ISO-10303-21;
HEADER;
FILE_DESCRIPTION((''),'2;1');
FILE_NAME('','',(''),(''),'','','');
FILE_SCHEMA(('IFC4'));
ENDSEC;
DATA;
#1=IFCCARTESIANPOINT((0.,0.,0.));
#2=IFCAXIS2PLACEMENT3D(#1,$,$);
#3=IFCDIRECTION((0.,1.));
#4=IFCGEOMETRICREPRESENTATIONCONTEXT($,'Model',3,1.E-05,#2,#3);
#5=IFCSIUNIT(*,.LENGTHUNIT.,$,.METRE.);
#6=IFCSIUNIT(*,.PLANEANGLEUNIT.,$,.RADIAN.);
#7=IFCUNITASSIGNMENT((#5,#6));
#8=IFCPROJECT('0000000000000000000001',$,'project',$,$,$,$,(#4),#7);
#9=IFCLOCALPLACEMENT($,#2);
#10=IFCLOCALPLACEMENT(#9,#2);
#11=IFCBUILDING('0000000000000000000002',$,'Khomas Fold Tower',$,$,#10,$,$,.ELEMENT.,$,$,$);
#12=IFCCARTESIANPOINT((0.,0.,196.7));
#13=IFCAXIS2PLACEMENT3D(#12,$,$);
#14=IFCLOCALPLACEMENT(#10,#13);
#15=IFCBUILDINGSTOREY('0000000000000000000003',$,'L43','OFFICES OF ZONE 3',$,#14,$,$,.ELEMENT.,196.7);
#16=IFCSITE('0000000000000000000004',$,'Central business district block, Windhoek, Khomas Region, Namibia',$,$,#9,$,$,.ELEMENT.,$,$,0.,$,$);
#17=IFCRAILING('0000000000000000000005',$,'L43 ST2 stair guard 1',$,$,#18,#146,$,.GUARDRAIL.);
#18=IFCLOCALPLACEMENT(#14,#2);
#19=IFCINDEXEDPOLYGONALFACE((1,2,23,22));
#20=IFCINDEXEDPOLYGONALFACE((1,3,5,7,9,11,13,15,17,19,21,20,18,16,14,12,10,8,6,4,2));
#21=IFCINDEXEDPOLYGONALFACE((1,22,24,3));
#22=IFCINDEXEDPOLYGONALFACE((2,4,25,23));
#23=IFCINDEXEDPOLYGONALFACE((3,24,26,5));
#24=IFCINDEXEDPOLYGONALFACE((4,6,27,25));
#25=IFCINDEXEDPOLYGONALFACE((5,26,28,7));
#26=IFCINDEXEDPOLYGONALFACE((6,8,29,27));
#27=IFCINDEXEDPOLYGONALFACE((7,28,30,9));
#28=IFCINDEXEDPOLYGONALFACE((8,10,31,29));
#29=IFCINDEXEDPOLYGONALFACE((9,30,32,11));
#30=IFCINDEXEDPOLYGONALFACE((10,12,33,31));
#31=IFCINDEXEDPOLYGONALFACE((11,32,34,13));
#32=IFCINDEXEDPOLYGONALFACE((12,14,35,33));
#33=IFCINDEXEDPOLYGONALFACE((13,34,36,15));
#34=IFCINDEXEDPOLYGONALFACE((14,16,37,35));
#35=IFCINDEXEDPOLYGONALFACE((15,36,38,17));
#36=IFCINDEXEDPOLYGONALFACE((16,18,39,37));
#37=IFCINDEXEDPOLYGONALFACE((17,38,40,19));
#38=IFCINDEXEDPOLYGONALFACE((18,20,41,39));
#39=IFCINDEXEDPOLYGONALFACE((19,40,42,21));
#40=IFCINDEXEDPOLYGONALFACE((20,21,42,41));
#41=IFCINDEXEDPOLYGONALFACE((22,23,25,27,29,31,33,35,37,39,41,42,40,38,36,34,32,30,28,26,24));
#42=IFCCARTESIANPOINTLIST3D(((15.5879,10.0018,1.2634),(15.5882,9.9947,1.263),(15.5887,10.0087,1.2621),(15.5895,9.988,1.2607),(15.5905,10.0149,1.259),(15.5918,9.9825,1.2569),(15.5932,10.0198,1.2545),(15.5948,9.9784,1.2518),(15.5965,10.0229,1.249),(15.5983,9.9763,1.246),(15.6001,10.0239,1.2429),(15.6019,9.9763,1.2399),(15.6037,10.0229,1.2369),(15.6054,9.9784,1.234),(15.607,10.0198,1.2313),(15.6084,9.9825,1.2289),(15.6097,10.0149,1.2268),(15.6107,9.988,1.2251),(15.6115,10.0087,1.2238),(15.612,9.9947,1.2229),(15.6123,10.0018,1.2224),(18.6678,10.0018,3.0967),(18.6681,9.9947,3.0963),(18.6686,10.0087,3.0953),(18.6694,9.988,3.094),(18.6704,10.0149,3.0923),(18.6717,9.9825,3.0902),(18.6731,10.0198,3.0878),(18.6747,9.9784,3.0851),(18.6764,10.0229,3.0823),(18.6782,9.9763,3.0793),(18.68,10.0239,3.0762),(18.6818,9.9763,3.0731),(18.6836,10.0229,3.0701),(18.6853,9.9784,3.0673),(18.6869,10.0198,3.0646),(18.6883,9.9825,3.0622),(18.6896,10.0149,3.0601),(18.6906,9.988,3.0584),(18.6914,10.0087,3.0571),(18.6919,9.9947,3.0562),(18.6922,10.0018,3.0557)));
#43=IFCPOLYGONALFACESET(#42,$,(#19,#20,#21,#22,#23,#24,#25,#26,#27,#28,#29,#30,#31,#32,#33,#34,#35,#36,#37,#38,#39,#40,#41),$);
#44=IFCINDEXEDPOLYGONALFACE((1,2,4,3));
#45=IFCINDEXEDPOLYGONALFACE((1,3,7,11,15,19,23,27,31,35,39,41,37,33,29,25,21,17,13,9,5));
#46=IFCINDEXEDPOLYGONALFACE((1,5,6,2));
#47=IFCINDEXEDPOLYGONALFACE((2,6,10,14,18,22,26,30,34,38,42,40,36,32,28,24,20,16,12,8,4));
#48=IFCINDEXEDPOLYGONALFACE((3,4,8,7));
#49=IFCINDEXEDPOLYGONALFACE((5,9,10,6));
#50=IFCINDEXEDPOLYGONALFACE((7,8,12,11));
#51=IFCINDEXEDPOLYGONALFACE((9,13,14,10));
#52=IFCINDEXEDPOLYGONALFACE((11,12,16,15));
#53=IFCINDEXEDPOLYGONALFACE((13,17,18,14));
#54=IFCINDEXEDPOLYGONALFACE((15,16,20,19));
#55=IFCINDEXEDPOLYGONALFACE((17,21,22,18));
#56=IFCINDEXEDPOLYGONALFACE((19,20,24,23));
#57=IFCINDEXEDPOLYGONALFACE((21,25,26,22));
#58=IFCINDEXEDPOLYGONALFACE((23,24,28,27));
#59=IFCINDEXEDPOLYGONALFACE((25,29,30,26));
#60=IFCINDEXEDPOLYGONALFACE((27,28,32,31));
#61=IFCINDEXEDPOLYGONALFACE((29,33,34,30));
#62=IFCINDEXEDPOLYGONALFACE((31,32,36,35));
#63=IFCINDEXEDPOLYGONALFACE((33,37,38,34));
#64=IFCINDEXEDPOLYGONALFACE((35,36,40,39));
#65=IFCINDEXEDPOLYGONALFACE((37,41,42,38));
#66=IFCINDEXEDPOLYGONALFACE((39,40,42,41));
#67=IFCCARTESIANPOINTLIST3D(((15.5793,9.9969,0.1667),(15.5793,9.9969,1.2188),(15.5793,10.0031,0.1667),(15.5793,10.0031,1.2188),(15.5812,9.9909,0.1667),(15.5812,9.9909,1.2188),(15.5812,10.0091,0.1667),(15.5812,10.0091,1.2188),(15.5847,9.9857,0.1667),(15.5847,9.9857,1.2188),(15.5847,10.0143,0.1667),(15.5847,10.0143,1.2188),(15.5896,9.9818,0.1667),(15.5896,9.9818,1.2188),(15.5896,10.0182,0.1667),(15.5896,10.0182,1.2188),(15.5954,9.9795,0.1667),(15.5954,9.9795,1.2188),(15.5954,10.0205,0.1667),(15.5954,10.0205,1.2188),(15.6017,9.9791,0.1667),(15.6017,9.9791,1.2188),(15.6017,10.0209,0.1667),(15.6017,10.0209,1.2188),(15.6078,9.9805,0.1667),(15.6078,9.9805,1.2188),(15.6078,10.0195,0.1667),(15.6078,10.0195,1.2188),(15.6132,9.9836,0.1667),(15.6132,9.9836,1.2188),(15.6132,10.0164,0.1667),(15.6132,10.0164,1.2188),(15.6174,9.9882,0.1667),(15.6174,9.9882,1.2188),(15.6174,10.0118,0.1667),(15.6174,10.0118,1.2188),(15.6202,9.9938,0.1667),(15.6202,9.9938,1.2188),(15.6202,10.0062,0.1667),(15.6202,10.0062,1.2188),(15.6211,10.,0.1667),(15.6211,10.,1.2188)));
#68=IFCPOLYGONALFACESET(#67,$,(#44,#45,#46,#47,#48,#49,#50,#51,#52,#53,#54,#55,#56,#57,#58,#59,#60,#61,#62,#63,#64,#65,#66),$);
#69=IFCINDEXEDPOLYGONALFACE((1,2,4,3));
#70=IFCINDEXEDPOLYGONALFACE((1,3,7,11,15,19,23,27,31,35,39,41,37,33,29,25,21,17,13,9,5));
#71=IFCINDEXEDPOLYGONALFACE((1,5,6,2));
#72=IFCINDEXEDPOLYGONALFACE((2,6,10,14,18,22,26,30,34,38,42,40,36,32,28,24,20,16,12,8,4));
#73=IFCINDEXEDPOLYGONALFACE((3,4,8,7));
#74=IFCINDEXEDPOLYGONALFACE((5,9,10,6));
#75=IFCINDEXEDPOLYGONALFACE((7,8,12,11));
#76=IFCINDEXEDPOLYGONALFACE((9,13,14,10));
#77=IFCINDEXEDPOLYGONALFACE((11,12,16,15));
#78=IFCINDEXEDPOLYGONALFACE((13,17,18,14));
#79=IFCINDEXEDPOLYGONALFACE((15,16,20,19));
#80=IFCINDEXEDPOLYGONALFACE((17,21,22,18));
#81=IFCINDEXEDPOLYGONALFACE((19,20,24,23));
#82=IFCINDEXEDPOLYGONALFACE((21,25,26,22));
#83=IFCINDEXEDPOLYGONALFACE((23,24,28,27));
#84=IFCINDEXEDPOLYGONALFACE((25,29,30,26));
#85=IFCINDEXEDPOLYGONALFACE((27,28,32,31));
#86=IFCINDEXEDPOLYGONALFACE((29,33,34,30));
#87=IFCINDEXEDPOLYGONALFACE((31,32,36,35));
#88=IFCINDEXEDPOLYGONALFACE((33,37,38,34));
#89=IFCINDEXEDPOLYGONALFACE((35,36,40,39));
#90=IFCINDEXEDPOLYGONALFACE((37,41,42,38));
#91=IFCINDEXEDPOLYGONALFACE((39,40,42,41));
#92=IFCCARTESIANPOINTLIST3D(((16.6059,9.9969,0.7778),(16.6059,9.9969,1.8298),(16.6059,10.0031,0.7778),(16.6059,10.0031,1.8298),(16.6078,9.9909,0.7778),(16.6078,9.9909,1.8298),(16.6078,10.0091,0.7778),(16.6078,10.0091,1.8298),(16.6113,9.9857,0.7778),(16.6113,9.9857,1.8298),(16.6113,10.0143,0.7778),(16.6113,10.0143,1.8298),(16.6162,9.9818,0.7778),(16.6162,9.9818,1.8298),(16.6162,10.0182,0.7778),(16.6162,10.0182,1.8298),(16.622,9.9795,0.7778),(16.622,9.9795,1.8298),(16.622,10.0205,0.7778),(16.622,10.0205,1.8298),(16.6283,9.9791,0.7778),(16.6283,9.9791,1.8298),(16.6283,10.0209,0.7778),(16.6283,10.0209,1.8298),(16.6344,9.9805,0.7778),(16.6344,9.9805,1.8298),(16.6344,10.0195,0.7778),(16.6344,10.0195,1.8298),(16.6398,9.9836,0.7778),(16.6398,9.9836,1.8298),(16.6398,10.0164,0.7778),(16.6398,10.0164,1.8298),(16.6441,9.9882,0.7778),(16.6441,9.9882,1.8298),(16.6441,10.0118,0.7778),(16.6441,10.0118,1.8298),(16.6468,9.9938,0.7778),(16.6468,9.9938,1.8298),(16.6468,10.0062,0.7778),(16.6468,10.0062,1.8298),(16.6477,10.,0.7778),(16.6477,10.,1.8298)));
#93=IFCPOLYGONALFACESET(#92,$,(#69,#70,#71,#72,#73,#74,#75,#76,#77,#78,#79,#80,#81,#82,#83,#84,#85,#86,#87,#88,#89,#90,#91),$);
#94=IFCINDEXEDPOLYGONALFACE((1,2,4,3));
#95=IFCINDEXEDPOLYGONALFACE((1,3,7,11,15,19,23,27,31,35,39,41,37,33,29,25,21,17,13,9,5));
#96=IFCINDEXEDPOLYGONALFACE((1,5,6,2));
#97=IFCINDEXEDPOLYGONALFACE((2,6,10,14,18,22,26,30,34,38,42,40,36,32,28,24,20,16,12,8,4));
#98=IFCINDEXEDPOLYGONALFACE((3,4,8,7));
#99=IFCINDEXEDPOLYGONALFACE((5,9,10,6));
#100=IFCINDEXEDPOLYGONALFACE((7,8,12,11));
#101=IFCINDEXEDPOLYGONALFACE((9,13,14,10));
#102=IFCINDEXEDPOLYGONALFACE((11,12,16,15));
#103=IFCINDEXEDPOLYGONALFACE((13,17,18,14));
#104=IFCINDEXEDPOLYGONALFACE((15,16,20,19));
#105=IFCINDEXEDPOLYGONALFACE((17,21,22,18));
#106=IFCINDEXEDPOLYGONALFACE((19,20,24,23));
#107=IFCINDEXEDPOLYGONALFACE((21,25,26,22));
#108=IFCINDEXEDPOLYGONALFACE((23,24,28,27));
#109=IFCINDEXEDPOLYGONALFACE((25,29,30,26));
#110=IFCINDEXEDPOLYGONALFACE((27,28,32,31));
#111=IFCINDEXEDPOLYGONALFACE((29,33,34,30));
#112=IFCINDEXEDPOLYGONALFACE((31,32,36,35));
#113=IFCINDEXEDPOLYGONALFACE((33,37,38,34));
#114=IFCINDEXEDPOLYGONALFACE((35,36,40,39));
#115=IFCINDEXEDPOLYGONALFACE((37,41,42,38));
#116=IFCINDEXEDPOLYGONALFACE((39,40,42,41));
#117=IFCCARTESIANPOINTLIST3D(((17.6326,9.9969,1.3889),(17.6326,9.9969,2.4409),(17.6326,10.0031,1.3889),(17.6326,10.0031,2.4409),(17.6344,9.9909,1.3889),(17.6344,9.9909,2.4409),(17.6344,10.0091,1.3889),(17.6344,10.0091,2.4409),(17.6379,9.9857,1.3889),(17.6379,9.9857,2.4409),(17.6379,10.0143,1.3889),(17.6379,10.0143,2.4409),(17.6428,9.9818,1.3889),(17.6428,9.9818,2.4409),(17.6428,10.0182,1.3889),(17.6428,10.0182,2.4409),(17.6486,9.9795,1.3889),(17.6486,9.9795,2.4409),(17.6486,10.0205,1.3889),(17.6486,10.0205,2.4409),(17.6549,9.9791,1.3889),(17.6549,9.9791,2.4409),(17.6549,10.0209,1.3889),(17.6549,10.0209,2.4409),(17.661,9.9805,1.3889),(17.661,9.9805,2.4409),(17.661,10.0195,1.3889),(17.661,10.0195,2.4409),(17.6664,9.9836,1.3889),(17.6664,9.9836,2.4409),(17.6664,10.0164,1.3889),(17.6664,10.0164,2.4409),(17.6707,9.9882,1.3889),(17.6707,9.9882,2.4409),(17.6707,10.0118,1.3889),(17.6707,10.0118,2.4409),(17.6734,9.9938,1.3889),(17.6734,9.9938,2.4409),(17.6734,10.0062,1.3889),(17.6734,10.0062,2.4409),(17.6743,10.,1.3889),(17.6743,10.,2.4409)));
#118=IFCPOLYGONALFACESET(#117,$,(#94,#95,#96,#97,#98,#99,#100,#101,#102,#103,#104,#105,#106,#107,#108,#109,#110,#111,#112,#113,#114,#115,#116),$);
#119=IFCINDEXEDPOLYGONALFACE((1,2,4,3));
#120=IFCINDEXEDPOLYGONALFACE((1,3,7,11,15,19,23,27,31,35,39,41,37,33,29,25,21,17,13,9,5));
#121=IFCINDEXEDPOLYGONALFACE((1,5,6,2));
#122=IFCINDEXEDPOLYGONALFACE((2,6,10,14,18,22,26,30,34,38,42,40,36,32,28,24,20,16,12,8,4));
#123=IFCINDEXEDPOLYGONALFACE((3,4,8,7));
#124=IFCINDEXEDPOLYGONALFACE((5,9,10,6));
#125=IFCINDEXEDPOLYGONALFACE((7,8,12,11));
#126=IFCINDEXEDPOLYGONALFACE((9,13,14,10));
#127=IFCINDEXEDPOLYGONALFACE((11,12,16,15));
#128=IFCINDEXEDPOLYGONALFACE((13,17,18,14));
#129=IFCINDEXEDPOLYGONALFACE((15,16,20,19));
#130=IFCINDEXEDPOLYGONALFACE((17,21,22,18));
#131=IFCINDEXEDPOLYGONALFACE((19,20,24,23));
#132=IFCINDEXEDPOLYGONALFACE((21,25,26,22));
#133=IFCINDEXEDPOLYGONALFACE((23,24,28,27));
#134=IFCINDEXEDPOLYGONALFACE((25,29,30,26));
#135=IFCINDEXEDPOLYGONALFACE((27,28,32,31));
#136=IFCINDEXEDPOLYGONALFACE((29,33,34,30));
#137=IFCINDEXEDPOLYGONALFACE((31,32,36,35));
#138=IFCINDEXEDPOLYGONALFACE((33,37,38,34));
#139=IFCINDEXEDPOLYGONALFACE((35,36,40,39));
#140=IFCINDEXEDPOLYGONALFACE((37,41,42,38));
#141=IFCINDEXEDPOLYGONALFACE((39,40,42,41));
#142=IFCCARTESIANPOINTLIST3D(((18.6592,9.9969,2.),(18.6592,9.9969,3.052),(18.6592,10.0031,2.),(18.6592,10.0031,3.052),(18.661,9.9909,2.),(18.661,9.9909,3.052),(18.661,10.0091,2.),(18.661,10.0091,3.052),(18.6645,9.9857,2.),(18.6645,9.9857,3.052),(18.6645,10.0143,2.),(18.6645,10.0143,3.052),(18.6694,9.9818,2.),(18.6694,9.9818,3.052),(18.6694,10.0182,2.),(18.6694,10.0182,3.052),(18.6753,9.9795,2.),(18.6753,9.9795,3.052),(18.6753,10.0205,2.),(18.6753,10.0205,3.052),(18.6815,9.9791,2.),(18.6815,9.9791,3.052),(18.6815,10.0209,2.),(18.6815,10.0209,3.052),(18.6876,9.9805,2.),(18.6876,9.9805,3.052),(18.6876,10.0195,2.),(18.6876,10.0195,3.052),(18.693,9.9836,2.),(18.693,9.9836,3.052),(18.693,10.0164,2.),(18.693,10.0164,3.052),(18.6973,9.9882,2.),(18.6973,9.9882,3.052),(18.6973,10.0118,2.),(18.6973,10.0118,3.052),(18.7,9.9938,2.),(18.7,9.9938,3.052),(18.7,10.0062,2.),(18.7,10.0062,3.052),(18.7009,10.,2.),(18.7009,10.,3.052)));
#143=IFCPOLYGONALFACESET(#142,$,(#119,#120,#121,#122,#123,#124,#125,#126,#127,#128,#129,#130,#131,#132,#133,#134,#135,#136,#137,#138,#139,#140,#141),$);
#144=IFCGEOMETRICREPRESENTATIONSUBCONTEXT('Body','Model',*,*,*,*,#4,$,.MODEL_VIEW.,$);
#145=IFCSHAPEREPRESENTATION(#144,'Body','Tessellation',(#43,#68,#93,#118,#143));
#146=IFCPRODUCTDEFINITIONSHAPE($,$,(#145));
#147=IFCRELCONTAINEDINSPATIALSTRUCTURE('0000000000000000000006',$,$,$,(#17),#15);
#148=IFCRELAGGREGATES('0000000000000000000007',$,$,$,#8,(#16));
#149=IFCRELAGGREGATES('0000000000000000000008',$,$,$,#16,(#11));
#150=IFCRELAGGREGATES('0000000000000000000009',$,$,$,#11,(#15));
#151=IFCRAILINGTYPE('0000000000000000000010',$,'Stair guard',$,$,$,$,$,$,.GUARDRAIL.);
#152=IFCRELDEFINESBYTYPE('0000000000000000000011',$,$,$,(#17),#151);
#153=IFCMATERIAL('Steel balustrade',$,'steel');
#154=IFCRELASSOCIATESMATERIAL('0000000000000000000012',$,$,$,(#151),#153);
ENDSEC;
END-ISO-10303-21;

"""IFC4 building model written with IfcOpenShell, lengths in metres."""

from ifc_helpers import new_model, si_unit, direction, frame, origin, origin_2d, place, context, subcontext, project, spatial, circle, extrude, source, transform, mapped, material, type_object, element, save


model = new_model("IFC4")

# Units and contexts
model_context = context("Model", 3, precision=1e-05, world=origin(), true_north=direction((0.0, 1.0)))
body_context = subcontext(model_context, "Body", "Model", "MODEL_VIEW")
ifc_project = project(units=[si_unit("LENGTHUNIT", "METRE"), si_unit("PLANEANGLEUNIT", "RADIAN")], contexts=[model_context])

# Site, building, storey
site_placement = place(None, origin())
site = spatial("IfcSite", under=ifc_project, at=site_placement, Name="Central business district block, Windhoek, Khomas Region, Namibia", CompositionType="ELEMENT", RefElevation=0.0)
building_placement = place(site_placement, origin())
building = spatial("IfcBuilding", under=site, at=building_placement, Name="Khomas Fold Tower", CompositionType="ELEMENT")
storey_placement = place(building_placement, frame((0.0, 0.0, 196.7)))
storey = spatial("IfcBuildingStorey", under=building, at=storey_placement, Name="L43", Description="OFFICES OF ZONE 3", CompositionType="ELEMENT", Elevation=196.7)

# Railing
ifc_material_1 = material(Name="Steel balustrade", Category="steel")
railing_type_1 = type_object("IfcRailingType", Name="Stair guard", PredefinedType="GUARDRAIL", material=ifc_material_1)
shared_shape_1 = source(origin(), body_context, "Body", "SweptSolid", [
    extrude(circle(Radius=0.0239, at=origin_2d()), frame((0.0, 0.0, 1.0762), z_axis=(0.859291, 0.0, 0.511487), x_axis=(0.0, 1.0, 0.0)), (0.0, 0.0, 1.0), 3.5842),
    extrude(circle(Radius=0.021, at=origin_2d()), origin(), (0.0, 0.0, 1.0), 1.052),
    extrude(circle(Radius=0.021, at=origin_2d()), frame((1.0266, 0.0, 0.6111)), (0.0, 0.0, 1.0), 1.052),
    extrude(circle(Radius=0.021, at=origin_2d()), frame((2.0532, 0.0, 1.2222)), (0.0, 0.0, 1.0), 1.052),
    extrude(circle(Radius=0.021, at=origin_2d()), frame((3.0798, 0.0, 1.8333)), (0.0, 0.0, 1.0), 1.052),
])
railing_1_placement = place(storey_placement, frame((15.6001, 10.0, 0.1667)))
element("IfcRailing", 1, at=railing_1_placement, inside=storey, type_object=railing_type_1, Name="L43 ST2 stair guard 1", PredefinedType="GUARDRAIL", context=body_context, shape_type="MappedRepresentation", body=[
    mapped(shared_shape_1, transform((0.0, 0.0, 0.0))),
])

save(model, "model.ifc")
